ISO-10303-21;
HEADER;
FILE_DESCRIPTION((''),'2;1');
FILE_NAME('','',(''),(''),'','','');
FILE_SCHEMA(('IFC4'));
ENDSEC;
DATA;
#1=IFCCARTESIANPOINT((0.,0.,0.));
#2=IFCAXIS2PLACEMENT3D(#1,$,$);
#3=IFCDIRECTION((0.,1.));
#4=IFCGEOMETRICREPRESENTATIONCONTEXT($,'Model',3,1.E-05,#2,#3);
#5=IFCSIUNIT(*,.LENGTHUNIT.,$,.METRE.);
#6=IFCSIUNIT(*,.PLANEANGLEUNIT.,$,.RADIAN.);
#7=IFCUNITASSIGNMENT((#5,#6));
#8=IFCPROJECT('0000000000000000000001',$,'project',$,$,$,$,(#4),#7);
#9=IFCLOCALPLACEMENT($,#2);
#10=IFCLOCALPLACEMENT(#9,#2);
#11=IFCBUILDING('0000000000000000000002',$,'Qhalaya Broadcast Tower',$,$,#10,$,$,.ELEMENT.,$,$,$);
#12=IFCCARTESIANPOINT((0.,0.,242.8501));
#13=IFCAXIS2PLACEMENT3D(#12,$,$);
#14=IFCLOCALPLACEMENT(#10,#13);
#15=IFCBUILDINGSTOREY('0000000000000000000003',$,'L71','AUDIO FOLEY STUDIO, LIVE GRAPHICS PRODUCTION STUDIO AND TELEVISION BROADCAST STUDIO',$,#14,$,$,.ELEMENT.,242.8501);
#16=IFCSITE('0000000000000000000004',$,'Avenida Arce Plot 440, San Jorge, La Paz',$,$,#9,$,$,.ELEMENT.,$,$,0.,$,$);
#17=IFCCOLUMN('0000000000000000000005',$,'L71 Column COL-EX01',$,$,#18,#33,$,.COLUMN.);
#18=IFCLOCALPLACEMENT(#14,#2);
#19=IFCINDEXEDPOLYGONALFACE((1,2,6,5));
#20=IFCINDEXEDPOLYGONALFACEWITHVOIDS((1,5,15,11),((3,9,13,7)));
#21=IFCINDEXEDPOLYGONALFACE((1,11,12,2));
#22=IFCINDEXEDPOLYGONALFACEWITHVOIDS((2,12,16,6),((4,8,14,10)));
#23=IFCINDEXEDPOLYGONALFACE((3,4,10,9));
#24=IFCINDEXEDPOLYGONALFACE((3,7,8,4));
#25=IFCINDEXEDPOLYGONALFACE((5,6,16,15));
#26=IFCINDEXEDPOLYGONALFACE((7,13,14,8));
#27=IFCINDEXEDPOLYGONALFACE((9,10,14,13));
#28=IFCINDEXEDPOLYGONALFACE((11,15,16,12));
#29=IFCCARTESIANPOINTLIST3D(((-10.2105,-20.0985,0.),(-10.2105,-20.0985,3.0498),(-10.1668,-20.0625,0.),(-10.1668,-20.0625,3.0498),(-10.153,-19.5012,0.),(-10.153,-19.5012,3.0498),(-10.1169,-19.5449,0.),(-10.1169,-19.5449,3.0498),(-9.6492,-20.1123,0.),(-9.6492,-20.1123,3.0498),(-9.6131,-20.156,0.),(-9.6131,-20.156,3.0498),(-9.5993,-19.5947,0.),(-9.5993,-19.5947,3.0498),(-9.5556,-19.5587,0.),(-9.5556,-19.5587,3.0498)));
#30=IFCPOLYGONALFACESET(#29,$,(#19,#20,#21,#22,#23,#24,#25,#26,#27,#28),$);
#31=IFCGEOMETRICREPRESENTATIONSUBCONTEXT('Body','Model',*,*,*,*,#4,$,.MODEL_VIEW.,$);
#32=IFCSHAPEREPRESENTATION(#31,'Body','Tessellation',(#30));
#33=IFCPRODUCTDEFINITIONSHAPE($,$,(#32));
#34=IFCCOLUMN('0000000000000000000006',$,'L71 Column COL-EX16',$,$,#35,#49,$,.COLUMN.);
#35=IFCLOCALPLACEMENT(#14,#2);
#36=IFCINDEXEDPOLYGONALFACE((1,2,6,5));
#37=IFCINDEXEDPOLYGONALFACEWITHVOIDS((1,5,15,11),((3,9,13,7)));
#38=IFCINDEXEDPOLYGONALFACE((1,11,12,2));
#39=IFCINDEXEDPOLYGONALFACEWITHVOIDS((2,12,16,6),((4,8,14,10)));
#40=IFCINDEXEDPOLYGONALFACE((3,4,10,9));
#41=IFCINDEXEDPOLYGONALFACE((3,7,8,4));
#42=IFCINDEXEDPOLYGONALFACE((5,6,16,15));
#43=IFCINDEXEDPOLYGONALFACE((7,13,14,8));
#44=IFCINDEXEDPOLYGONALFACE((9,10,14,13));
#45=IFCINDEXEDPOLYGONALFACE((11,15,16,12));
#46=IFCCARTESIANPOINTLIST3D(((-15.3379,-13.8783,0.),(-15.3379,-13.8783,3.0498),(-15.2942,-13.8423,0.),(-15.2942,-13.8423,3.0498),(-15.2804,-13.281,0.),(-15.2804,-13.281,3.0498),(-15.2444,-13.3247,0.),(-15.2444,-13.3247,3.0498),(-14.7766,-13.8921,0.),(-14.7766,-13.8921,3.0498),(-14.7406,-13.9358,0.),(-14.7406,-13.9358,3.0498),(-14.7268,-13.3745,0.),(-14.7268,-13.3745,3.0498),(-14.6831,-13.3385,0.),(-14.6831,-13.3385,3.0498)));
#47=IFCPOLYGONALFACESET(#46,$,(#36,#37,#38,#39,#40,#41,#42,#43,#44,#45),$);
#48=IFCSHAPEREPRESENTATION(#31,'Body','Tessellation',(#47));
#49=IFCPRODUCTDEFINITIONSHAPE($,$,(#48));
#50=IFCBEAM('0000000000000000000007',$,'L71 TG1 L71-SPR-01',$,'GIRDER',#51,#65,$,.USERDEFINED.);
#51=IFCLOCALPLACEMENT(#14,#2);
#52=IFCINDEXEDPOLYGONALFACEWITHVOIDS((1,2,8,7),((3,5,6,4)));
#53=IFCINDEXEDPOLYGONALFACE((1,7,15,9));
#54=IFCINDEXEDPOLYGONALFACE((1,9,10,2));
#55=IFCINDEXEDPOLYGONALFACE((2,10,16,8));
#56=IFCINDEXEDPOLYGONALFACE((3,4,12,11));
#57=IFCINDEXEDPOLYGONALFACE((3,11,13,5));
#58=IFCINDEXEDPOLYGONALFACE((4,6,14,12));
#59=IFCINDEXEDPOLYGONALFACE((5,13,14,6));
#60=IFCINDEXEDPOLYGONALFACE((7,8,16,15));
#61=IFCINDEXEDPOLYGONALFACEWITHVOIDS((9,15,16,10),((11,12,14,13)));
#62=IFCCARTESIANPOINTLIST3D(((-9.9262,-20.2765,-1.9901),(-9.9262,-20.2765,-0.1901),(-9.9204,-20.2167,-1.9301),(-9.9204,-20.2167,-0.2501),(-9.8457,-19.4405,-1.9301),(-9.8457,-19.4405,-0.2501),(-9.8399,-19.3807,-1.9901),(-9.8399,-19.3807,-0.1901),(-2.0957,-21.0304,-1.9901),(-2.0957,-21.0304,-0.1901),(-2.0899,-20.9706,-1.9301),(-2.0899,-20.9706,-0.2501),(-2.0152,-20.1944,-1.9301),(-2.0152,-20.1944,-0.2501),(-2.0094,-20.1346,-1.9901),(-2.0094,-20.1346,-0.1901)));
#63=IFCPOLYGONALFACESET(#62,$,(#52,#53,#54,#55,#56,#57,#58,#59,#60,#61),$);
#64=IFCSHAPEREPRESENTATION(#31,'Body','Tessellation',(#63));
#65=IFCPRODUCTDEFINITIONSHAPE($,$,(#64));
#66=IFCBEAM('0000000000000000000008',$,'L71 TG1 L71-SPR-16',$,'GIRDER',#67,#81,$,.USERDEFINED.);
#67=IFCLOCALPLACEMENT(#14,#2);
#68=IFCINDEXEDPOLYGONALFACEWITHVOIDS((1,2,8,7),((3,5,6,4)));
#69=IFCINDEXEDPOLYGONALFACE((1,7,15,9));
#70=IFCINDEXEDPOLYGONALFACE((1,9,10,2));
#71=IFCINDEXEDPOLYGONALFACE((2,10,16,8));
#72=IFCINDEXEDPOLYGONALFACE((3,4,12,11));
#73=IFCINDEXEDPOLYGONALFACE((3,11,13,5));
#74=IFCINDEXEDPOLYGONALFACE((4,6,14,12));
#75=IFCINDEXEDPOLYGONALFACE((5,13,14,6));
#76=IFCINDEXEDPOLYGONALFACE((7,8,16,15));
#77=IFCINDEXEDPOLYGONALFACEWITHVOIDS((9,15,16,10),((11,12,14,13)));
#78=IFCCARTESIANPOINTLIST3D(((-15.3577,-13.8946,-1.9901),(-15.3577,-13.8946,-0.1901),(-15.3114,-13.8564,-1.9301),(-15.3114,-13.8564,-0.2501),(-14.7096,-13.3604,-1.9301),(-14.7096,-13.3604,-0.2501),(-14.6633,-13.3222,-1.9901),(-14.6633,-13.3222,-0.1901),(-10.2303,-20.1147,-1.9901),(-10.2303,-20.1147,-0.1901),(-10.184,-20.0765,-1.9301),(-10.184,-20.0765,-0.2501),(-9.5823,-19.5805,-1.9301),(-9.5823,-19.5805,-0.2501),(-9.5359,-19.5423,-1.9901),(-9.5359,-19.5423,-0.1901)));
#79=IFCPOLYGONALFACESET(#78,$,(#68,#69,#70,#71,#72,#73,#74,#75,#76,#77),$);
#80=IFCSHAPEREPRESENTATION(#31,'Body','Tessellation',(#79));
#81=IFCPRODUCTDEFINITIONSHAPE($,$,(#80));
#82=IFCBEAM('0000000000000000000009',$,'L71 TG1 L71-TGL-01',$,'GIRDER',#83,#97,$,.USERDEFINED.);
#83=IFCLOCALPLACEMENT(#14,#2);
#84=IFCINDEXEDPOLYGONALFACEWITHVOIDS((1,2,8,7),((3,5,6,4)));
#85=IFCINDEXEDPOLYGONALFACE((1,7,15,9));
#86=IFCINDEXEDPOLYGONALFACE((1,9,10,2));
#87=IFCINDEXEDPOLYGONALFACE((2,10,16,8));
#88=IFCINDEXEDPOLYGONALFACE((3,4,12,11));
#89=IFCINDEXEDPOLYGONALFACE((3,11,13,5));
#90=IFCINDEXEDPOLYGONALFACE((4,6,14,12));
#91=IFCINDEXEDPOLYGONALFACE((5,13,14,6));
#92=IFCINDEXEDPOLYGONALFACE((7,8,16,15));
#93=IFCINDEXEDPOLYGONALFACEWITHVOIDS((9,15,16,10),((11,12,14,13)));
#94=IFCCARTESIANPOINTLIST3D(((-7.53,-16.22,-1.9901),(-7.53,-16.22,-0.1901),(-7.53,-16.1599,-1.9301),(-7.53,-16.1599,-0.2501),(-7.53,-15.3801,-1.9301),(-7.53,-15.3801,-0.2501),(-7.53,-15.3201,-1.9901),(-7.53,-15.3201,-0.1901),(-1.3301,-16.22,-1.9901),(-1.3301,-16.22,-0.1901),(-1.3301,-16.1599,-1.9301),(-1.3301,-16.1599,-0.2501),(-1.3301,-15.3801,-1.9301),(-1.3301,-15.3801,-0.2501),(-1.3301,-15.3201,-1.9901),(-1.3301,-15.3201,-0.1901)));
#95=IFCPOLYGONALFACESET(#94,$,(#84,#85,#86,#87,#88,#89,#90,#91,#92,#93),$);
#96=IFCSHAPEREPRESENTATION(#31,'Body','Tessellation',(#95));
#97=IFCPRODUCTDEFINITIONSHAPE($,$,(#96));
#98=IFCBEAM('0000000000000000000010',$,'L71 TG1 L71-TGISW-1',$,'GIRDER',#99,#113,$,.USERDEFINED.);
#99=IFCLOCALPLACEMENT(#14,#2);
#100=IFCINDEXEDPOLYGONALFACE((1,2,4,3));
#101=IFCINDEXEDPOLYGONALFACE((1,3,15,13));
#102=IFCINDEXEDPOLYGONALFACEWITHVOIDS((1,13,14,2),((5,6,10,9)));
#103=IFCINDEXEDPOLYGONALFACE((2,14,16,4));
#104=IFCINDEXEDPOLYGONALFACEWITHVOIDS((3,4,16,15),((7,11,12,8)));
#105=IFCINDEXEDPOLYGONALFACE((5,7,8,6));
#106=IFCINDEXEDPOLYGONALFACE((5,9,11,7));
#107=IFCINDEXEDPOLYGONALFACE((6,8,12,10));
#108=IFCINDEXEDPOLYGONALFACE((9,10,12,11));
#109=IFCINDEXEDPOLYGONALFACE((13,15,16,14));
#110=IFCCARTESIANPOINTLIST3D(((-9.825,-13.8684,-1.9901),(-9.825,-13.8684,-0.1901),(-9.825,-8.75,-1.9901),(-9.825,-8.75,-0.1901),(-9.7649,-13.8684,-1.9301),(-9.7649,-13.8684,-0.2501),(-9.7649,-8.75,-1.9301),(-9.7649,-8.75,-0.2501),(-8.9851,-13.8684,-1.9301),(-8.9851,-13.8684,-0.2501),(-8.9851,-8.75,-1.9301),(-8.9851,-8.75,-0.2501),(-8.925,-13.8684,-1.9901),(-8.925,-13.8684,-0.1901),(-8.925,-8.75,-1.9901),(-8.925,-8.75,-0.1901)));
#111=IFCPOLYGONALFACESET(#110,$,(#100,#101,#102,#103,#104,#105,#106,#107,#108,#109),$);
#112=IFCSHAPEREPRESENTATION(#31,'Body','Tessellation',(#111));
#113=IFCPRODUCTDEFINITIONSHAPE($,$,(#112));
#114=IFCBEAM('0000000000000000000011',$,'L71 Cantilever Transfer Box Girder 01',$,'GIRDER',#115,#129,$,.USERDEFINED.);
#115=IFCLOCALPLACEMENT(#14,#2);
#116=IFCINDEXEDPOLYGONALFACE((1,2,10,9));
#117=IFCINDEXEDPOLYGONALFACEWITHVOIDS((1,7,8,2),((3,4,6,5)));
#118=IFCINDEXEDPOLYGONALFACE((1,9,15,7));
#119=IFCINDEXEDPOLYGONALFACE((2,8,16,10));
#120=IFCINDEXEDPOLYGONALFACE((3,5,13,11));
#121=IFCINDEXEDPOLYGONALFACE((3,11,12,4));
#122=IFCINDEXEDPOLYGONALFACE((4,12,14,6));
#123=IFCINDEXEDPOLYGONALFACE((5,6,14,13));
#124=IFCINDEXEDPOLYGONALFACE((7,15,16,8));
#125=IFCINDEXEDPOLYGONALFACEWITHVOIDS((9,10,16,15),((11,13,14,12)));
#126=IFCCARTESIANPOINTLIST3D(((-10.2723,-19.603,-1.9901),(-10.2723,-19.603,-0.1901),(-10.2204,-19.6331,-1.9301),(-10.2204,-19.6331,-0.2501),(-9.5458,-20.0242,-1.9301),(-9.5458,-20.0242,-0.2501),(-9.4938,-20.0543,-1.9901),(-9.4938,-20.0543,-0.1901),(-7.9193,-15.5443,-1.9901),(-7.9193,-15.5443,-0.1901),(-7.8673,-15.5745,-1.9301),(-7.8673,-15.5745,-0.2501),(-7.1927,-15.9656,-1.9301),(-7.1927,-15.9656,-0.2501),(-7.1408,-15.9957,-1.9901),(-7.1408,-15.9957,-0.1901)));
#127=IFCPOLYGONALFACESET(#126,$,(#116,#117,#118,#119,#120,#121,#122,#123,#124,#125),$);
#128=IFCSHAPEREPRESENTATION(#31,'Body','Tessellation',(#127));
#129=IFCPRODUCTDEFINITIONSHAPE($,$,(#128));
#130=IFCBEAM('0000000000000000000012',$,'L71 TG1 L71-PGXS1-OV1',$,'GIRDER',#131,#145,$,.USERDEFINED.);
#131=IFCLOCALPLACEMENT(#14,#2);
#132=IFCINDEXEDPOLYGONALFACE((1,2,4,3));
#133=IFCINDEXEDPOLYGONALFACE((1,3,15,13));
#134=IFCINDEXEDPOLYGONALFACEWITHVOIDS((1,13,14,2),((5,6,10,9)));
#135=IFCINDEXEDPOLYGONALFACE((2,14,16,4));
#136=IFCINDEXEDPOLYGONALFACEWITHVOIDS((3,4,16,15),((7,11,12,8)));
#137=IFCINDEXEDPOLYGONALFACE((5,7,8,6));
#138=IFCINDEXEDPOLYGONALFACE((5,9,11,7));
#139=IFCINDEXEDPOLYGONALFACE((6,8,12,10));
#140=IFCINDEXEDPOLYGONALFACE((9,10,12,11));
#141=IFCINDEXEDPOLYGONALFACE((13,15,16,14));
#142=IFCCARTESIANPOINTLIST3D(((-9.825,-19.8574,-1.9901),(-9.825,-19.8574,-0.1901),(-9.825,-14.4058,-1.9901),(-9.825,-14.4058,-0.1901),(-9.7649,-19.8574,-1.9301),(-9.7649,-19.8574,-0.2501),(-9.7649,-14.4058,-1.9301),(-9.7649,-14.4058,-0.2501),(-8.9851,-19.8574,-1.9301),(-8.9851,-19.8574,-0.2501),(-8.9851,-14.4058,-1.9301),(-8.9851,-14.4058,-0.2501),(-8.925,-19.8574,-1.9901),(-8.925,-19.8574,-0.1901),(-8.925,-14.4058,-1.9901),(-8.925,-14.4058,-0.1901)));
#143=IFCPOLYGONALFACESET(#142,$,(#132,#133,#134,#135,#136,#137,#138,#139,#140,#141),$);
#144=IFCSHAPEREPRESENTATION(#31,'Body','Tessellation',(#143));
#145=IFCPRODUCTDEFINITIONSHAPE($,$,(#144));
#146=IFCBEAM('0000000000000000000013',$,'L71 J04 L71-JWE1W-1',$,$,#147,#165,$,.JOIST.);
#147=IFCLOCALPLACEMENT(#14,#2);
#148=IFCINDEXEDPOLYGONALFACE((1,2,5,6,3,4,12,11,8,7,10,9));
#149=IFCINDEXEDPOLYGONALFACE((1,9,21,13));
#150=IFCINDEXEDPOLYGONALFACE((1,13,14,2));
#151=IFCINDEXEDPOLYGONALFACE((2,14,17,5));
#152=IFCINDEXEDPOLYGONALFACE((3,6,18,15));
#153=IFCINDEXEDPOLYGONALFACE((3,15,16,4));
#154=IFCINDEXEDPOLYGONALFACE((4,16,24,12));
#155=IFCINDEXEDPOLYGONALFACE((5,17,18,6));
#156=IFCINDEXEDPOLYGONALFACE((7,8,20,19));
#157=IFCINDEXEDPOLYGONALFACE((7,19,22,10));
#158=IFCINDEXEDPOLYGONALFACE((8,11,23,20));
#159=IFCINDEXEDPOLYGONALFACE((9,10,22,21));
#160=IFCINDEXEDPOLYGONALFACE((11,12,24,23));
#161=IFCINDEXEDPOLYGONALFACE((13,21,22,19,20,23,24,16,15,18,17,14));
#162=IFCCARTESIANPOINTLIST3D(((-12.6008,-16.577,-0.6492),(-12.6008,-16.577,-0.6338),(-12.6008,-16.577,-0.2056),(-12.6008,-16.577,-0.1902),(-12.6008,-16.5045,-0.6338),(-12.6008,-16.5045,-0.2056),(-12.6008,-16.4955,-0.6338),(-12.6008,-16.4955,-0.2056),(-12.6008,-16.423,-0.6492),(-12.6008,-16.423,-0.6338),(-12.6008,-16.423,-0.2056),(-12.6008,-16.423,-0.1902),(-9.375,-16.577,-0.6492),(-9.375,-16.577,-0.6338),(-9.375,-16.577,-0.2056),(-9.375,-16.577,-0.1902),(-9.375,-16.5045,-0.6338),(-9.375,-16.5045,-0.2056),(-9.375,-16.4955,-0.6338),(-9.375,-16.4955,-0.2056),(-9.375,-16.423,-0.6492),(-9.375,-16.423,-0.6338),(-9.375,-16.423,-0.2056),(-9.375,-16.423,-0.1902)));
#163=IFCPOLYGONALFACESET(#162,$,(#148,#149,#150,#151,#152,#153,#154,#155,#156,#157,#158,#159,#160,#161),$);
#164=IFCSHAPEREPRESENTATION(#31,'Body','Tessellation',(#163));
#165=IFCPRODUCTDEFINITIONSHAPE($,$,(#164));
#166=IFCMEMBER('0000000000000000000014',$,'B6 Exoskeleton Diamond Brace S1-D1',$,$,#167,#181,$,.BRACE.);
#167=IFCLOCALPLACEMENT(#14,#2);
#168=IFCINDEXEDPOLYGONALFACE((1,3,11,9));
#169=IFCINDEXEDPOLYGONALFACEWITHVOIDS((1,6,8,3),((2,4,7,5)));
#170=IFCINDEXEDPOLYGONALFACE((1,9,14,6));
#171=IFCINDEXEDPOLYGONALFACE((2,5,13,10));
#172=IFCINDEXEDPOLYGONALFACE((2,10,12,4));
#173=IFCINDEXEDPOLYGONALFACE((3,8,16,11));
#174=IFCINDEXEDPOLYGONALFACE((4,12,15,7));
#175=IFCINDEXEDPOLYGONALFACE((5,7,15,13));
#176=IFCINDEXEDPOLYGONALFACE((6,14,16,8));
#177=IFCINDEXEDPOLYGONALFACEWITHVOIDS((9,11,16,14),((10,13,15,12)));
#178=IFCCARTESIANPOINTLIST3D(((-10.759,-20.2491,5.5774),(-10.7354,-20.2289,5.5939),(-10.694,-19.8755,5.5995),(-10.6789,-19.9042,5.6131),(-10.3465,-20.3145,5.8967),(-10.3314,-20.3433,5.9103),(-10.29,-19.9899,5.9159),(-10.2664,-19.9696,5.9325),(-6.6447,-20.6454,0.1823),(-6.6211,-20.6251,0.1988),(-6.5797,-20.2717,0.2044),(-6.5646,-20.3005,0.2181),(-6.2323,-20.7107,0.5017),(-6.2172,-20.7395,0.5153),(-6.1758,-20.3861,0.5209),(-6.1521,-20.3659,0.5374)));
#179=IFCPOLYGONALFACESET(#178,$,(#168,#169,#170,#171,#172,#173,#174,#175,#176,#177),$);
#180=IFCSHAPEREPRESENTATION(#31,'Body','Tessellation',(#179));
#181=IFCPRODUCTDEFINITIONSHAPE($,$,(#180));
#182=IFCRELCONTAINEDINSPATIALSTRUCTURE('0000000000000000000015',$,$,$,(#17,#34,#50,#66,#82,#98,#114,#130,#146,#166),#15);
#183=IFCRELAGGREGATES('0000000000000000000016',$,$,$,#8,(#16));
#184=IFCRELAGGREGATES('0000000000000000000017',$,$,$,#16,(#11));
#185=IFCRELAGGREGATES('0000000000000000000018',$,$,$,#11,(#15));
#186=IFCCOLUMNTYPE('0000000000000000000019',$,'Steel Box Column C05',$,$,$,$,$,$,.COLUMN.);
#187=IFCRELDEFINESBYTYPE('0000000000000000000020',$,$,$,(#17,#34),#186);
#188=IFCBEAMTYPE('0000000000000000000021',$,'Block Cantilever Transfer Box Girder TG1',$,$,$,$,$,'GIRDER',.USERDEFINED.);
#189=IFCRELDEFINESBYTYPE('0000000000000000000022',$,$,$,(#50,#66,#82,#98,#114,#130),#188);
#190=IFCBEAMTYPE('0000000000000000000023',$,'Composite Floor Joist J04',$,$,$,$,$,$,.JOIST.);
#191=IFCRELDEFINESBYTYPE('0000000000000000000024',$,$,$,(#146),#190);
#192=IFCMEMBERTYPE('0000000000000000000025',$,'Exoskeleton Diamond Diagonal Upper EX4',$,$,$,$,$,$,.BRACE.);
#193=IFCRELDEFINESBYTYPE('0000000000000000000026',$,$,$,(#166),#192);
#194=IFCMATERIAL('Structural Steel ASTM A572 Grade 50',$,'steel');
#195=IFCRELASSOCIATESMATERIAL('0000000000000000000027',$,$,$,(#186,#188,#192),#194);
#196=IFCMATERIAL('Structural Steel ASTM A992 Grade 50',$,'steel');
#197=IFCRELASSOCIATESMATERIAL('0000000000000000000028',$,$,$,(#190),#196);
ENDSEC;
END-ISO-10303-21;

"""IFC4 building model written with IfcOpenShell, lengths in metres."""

from ifc_helpers import new_model, si_unit, direction, frame, origin, origin_2d, place, context, subcontext, project, spatial, hollow_rectangle, i_section, extrude, material, material_profile, profile_set, type_object, element, save


model = new_model("IFC4")

# Units and contexts
model_context = context("Model", 3, precision=1e-05, world=origin(), true_north=direction((0.0, 1.0)))
body_context = subcontext(model_context, "Body", "Model", "MODEL_VIEW")
ifc_project = project(units=[si_unit("LENGTHUNIT", "METRE"), si_unit("PLANEANGLEUNIT", "RADIAN")], contexts=[model_context])

# Site, building, storey
site_placement = place(None, origin())
site = spatial("IfcSite", under=ifc_project, at=site_placement, Name="Avenida Arce Plot 440, San Jorge, La Paz", CompositionType="ELEMENT", RefElevation=0.0)
building_placement = place(site_placement, origin())
building = spatial("IfcBuilding", under=site, at=building_placement, Name="Qhalaya Broadcast Tower", CompositionType="ELEMENT")
storey_placement = place(building_placement, frame((0.0, 0.0, 242.8501)))
storey = spatial("IfcBuildingStorey", under=building, at=storey_placement, Name="L71", Description="AUDIO FOLEY STUDIO, LIVE GRAPHICS PRODUCTION STUDIO AND TELEVISION BROADCAST STUDIO", CompositionType="ELEMENT", Elevation=242.8501)

# Columns
ifc_material_1 = material(Name="Structural Steel ASTM A572 Grade 50", Category="steel")
ifc_material_profile_1 = material_profile(ifc_material_1, hollow_rectangle(XDim=0.6001, YDim=0.6001, WallThickness=0.04, at=origin_2d()), Name="BOX 600x600x40")
ifc_profile_set_1 = profile_set([ifc_material_profile_1], Name="Structural Steel ASTM A572 Grade 50")
column_type = type_object("IfcColumnType", Name="Steel Box Column C05", PredefinedType="COLUMN", material=ifc_profile_set_1)
for number, where, z_axis, x_axis, name in (
    (1, (-9.8831, -19.8286, 0.0), (0.0, 0.0, 1.0), (0.995396, -0.095846, 0.0), "L71 Column COL-EX01"),
    (2, (-15.0105, -13.6084, 0.0), (0.0, 0.0, 1.0), (0.095846, 0.995396, 0.0), "L71 Column COL-EX16"),
):
    element("IfcColumn", number, at=place(storey_placement, frame(where, z_axis=z_axis, x_axis=x_axis)), inside=storey, type_object=column_type, Name=name, PredefinedType="COLUMN", context=body_context, shape_type="SweptSolid", body=[
        extrude(hollow_rectangle(XDim=0.6001, YDim=0.6001, WallThickness=0.04, at=origin_2d()), origin(), (0.0, 0.0, 1.0), 3.0498),
    ])

# Beams
ifc_material_profile_2 = material_profile(ifc_material_1, hollow_rectangle(XDim=0.8999, YDim=1.8, WallThickness=0.0601, at=origin_2d()), Name="BOX 900x1800x60")
ifc_profile_set_2 = profile_set([ifc_material_profile_2], Name="Structural Steel ASTM A572 Grade 50")
beam_type_1 = type_object("IfcBeamType", Name="Block Cantilever Transfer Box Girder TG1", ElementType="GIRDER", PredefinedType="USERDEFINED", material=ifc_profile_set_2)
beam_1_placement = place(storey_placement, frame((-9.8831, -19.8286, -1.0901), z_axis=(0.995397, -0.095834, 0.0), x_axis=(0.095834, 0.995397, 0.0)))
element("IfcBeam", 3, at=beam_1_placement, inside=storey, type_object=beam_type_1, Name="L71 TG1 L71-SPR-01", ObjectType="GIRDER", PredefinedType="USERDEFINED", context=body_context, shape_type="SweptSolid", body=[
    extrude(hollow_rectangle(XDim=0.8999, YDim=1.8, WallThickness=0.0601, at=origin_2d()), origin(), (0.0, 0.0, 1.0), 7.8667),
])
beam_2_placement = place(storey_placement, frame((-15.0105, -13.6084, -1.0901), z_axis=(0.63607, -0.771631, 0.0), x_axis=(0.771631, 0.63607, 0.0)))
element("IfcBeam", 4, at=beam_2_placement, inside=storey, type_object=beam_type_1, Name="L71 TG1 L71-SPR-16", ObjectType="GIRDER", PredefinedType="USERDEFINED", context=body_context, shape_type="SweptSolid", body=[
    extrude(hollow_rectangle(XDim=0.8999, YDim=1.8, WallThickness=0.0601, at=origin_2d()), origin(), (0.0, 0.0, 1.0), 8.061),
])
beam_3_placement = place(storey_placement, frame((-7.53, -15.77, -1.0901), z_axis=(1.0, 0.0, 0.0), x_axis=(0.0, 1.0, 0.0)))
element("IfcBeam", 5, at=beam_3_placement, inside=storey, type_object=beam_type_1, Name="L71 TG1 L71-TGL-01", ObjectType="GIRDER", PredefinedType="USERDEFINED", context=body_context, shape_type="SweptSolid", body=[
    extrude(hollow_rectangle(XDim=0.8999, YDim=1.8, WallThickness=0.0601, at=origin_2d()), origin(), (0.0, 0.0, 1.0), 6.2),
])
beam_4_placement = place(storey_placement, frame((-9.375, -13.8684, -1.0901), z_axis=(0.0, 1.0, 0.0), x_axis=(-1.0, 0.0, 0.0)))
element("IfcBeam", 6, at=beam_4_placement, inside=storey, type_object=beam_type_1, Name="L71 TG1 L71-TGISW-1", ObjectType="GIRDER", PredefinedType="USERDEFINED", context=body_context, shape_type="SweptSolid", body=[
    extrude(hollow_rectangle(XDim=0.8999, YDim=1.8, WallThickness=0.0601, at=origin_2d()), origin(), (0.0, 0.0, 1.0), 5.1184),
])
beam_5_placement = place(storey_placement, frame((-7.53, -15.77, -1.0901), z_axis=(-0.501565, -0.86512, 0.0), x_axis=(0.86512, -0.501565, 0.0)))
element("IfcBeam", 7, at=beam_5_placement, inside=storey, type_object=beam_type_1, Name="L71 Cantilever Transfer Box Girder 01", ObjectType="GIRDER", PredefinedType="USERDEFINED", context=body_context, shape_type="SweptSolid", body=[
    extrude(hollow_rectangle(XDim=0.8999, YDim=1.8, WallThickness=0.0601, at=origin_2d()), origin(), (0.0, 0.0, 1.0), 4.6914),
])
beam_6_placement = place(storey_placement, frame((-9.375, -19.8574, -1.0901), z_axis=(0.0, 1.0, 0.0), x_axis=(-1.0, 0.0, 0.0)))
element("IfcBeam", 8, at=beam_6_placement, inside=storey, type_object=beam_type_1, Name="L71 TG1 L71-PGXS1-OV1", ObjectType="GIRDER", PredefinedType="USERDEFINED", context=body_context, shape_type="SweptSolid", body=[
    extrude(hollow_rectangle(XDim=0.8999, YDim=1.8, WallThickness=0.0601, at=origin_2d()), origin(), (0.0, 0.0, 1.0), 5.4517),
])
ifc_material_2 = material(Name="Structural Steel ASTM A992 Grade 50", Category="steel")
ifc_material_profile_3 = material_profile(ifc_material_2, i_section(OverallWidth=0.1541, OverallDepth=0.459, WebThickness=0.009, FlangeThickness=0.0154, at=origin_2d()), Name="W18X46")
ifc_profile_set_3 = profile_set([ifc_material_profile_3], Name="Structural Steel ASTM A992 Grade 50")
beam_type_2 = type_object("IfcBeamType", Name="Composite Floor Joist J04", PredefinedType="JOIST", material=ifc_profile_set_3)
beam_7_placement = place(storey_placement, frame((-12.6008, -16.5, -0.4197), z_axis=(1.0, 0.0, 0.0), x_axis=(0.0, 1.0, 0.0)))
element("IfcBeam", 9, at=beam_7_placement, inside=storey, type_object=beam_type_2, Name="L71 J04 L71-JWE1W-1", PredefinedType="JOIST", context=body_context, shape_type="SweptSolid", body=[
    extrude(i_section(OverallWidth=0.1541, OverallDepth=0.459, WebThickness=0.009, FlangeThickness=0.0154, at=origin_2d()), origin(), (0.0, 0.0, 1.0), 3.2258),
])

# Member
ifc_material_profile_4 = material_profile(ifc_material_1, hollow_rectangle(XDim=0.3799, YDim=0.55, WallThickness=0.0249, at=origin_2d()), Name="BOX 380x550x25")
ifc_profile_set_4 = profile_set([ifc_material_profile_4], Name="Structural Steel ASTM A572 Grade 50")
member_type_1 = type_object("IfcMemberType", Name="Exoskeleton Diamond Diagonal Upper EX4", PredefinedType="BRACE", material=ifc_profile_set_4)
for number, where, z_axis, x_axis, name in (
    (10, (-6.3984, -20.5056, 0.3599), (-0.605363, 0.058302, 0.793811), (-0.171157, -0.983518, -0.05829), "B6 Exoskeleton Diamond Brace S1-D1"),
):
    element("IfcMember", number, at=place(storey_placement, frame(where, z_axis=z_axis, x_axis=x_axis)), inside=storey, type_object=member_type_1, Name=name, PredefinedType="BRACE", context=body_context, shape_type="SweptSolid", body=[
        extrude(hollow_rectangle(XDim=0.3799, YDim=0.55, WallThickness=0.0249, at=origin_2d()), origin(), (0.0, 0.0, 1.0), 6.7964),
    ])

save(model, "model.ifc")
